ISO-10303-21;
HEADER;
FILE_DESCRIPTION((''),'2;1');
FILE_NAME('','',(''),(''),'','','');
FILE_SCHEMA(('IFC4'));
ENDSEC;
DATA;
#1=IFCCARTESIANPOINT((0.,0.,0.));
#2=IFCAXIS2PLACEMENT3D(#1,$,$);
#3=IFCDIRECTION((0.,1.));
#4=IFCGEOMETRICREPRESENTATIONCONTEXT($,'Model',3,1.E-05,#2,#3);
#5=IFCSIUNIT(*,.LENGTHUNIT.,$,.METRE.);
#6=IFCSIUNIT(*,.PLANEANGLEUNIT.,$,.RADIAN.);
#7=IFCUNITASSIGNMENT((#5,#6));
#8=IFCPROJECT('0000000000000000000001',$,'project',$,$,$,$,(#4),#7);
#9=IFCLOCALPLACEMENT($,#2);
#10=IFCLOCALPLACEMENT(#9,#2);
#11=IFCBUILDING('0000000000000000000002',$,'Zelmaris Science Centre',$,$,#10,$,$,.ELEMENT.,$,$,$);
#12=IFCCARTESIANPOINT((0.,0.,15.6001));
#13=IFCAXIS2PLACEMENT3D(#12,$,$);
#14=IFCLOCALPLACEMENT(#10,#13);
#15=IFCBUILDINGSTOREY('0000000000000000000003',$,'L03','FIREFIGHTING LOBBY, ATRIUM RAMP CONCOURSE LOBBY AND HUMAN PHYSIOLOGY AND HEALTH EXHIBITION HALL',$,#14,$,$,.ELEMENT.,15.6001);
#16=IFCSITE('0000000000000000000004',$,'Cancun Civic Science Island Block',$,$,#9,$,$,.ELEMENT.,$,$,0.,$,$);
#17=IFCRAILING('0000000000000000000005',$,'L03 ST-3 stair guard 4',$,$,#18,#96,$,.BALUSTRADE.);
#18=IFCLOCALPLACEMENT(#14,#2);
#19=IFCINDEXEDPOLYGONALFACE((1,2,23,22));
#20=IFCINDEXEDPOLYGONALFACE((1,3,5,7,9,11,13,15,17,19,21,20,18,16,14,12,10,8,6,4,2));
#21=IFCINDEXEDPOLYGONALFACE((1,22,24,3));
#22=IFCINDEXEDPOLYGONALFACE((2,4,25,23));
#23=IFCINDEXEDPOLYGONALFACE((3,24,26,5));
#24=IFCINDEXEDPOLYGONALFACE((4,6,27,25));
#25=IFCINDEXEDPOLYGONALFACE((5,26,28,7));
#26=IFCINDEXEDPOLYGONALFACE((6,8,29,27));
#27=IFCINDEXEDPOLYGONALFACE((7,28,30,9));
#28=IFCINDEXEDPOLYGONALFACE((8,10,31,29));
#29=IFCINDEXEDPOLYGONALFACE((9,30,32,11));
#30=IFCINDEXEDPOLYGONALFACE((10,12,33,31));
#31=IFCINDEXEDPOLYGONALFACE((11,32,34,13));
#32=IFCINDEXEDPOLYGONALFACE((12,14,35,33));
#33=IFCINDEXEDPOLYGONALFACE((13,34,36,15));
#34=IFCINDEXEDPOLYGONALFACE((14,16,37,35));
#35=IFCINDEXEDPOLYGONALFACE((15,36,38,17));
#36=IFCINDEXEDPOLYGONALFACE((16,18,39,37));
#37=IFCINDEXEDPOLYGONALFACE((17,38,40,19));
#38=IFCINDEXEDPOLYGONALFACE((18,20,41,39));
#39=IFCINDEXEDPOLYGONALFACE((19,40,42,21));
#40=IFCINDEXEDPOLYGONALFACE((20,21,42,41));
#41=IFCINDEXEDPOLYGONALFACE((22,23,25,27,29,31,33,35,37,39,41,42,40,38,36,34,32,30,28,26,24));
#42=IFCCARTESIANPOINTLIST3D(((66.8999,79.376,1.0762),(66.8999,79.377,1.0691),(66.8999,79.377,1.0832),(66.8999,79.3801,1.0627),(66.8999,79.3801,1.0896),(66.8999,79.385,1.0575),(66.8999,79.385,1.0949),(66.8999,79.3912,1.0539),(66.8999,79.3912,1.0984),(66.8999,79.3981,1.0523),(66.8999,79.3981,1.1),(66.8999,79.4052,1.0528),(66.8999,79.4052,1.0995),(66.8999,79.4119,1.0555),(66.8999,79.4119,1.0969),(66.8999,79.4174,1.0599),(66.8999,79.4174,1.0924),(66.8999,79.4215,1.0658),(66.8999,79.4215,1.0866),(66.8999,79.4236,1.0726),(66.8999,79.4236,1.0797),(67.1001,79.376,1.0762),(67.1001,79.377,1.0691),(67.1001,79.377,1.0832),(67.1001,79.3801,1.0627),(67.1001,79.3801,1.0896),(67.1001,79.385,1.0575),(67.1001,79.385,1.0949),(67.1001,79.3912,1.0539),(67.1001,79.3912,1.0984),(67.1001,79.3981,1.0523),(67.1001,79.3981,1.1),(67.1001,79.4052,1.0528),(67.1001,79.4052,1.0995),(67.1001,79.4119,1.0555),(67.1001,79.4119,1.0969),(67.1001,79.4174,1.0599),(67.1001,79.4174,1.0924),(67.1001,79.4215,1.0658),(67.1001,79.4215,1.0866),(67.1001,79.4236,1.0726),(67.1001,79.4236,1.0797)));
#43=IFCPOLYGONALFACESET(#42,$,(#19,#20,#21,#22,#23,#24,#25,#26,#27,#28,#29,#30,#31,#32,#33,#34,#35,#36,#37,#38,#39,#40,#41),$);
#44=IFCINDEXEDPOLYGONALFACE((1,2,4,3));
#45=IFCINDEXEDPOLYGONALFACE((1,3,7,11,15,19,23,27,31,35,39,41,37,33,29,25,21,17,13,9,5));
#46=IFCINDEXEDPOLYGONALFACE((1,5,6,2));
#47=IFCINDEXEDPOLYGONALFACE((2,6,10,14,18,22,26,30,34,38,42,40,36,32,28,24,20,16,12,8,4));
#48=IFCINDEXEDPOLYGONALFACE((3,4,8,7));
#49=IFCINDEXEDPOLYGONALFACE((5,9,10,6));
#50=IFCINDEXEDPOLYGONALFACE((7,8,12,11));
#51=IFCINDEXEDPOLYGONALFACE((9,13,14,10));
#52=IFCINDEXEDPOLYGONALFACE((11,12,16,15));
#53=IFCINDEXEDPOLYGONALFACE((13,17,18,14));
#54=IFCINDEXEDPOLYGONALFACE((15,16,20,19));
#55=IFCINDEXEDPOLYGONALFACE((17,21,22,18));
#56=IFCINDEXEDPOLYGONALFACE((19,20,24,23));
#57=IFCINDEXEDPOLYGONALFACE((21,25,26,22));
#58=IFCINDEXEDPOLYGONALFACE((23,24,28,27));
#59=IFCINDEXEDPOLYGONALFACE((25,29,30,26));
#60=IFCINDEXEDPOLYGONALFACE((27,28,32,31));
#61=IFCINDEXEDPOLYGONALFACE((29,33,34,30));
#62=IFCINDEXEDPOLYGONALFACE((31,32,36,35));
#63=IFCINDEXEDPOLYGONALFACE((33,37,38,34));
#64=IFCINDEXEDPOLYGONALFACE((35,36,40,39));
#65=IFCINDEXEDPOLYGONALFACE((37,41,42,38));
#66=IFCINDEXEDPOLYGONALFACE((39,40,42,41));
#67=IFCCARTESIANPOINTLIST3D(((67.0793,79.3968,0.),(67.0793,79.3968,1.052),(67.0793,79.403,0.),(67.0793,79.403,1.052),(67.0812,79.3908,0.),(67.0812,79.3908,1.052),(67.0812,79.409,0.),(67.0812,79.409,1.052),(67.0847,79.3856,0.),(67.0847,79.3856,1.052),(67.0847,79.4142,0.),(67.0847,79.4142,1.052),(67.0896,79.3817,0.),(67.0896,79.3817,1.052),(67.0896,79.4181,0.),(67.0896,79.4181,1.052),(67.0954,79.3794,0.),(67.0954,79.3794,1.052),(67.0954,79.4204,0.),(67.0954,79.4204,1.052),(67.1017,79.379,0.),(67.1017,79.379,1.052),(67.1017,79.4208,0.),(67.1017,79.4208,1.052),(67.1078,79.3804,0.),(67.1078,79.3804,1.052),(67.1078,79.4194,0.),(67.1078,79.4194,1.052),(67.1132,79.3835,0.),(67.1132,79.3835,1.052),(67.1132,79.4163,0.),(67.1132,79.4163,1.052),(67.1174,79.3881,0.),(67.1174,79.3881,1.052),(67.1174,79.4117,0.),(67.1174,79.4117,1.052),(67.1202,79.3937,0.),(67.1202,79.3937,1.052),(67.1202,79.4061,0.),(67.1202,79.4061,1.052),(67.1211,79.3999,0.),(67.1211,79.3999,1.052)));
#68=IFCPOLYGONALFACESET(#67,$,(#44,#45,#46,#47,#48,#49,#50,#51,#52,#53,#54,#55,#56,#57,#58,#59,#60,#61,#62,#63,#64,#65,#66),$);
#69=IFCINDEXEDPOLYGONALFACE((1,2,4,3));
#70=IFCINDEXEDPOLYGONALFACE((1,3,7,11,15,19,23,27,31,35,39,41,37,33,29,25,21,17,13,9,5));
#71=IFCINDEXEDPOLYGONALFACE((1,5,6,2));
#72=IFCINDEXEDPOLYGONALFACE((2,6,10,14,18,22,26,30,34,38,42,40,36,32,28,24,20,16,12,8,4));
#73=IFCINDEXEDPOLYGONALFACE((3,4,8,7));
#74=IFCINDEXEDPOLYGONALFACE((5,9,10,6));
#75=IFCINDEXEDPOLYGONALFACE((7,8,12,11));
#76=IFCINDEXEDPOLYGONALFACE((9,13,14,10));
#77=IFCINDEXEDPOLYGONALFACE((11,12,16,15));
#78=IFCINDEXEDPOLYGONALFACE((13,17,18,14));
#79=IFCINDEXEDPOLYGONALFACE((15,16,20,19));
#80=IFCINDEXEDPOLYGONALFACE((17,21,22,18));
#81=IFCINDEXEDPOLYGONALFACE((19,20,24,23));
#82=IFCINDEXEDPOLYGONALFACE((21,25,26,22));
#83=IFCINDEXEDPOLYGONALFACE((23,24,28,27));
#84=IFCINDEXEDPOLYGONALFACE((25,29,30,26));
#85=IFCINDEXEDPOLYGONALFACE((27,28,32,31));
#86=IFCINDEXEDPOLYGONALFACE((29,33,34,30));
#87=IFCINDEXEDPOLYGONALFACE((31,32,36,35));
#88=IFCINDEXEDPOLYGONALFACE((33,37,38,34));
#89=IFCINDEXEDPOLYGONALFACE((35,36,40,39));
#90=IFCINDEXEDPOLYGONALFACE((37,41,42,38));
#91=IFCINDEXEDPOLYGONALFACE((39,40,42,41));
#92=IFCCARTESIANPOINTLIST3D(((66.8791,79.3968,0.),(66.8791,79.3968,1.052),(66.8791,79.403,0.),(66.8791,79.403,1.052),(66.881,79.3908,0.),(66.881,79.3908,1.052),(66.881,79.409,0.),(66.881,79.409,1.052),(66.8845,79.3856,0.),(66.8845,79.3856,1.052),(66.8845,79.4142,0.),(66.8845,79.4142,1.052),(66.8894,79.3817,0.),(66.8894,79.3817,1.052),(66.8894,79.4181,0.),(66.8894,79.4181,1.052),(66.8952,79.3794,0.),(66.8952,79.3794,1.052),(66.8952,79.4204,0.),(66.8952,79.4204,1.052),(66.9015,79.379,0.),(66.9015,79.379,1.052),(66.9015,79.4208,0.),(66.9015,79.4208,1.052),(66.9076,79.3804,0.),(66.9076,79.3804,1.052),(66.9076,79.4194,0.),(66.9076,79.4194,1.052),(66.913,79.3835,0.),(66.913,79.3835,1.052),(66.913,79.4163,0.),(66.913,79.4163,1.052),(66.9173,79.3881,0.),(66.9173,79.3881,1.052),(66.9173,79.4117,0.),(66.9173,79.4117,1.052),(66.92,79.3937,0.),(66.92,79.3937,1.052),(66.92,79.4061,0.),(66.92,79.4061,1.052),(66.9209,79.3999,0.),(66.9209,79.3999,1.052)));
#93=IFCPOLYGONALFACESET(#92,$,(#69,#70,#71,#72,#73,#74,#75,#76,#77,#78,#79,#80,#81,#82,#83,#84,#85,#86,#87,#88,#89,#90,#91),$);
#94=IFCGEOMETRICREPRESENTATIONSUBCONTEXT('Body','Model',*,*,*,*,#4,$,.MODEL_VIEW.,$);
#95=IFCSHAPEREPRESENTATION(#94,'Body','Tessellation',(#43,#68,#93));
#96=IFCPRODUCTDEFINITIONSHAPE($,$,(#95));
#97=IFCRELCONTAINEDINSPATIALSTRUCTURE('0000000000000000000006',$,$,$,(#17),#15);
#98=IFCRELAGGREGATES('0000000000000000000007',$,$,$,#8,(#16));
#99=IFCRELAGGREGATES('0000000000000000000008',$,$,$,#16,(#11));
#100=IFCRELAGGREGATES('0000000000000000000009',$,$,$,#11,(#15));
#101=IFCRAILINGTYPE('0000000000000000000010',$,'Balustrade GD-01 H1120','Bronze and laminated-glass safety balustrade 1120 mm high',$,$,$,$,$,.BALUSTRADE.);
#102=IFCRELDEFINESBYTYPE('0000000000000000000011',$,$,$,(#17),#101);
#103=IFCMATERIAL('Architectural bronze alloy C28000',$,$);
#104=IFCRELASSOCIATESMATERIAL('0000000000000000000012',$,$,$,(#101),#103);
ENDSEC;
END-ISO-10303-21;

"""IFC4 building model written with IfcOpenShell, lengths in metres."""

from ifc_helpers import new_model, si_unit, direction, frame, origin, origin_2d, place, context, subcontext, project, spatial, circle, extrude, material, type_object, element, save


model = new_model("IFC4")

# Units and contexts
model_context = context("Model", 3, precision=1e-05, world=origin(), true_north=direction((0.0, 1.0)))
body_context = subcontext(model_context, "Body", "Model", "MODEL_VIEW")
ifc_project = project(units=[si_unit("LENGTHUNIT", "METRE"), si_unit("PLANEANGLEUNIT", "RADIAN")], contexts=[model_context])

# Site, building, storey
site_placement = place(None, origin())
site = spatial("IfcSite", under=ifc_project, at=site_placement, Name="Cancun Civic Science Island Block", CompositionType="ELEMENT", RefElevation=0.0)
building_placement = place(site_placement, origin())
building = spatial("IfcBuilding", under=site, at=building_placement, Name="Zelmaris Science Centre", CompositionType="ELEMENT")
storey_placement = place(building_placement, frame((0.0, 0.0, 15.6001)))
storey = spatial("IfcBuildingStorey", under=building, at=storey_placement, Name="L03", Description="FIREFIGHTING LOBBY, ATRIUM RAMP CONCOURSE LOBBY AND HUMAN PHYSIOLOGY AND HEALTH EXHIBITION HALL", CompositionType="ELEMENT", Elevation=15.6001)

# Railing
ifc_material_1 = material(Name="Architectural bronze alloy C28000")
railing_type_1 = type_object("IfcRailingType", Name="Balustrade GD-01 H1120", Description="Bronze and laminated-glass safety balustrade 1120 mm high", PredefinedType="BALUSTRADE", material=ifc_material_1)
railing_1_placement = place(storey_placement, frame((67.1001, 79.3999, 0.0)))
element("IfcRailing", 1, at=railing_1_placement, inside=storey, type_object=railing_type_1, Name="L03 ST-3 stair guard 4", PredefinedType="BALUSTRADE", context=body_context, shape_type="SweptSolid", body=[
    extrude(circle(Radius=0.0239, at=origin_2d()), frame((0.0, 0.0, 1.0762), z_axis=(-1.0, 0.0, 0.0), x_axis=(0.0, -1.0, 0.0)), (0.0, 0.0, 1.0), 0.2002),
    extrude(circle(Radius=0.021, at=origin_2d()), origin(), (0.0, 0.0, 1.0), 1.052),
    extrude(circle(Radius=0.021, at=origin_2d()), frame((-0.2002, 0.0, 0.0)), (0.0, 0.0, 1.0), 1.052),
])

save(model, "model.ifc")
